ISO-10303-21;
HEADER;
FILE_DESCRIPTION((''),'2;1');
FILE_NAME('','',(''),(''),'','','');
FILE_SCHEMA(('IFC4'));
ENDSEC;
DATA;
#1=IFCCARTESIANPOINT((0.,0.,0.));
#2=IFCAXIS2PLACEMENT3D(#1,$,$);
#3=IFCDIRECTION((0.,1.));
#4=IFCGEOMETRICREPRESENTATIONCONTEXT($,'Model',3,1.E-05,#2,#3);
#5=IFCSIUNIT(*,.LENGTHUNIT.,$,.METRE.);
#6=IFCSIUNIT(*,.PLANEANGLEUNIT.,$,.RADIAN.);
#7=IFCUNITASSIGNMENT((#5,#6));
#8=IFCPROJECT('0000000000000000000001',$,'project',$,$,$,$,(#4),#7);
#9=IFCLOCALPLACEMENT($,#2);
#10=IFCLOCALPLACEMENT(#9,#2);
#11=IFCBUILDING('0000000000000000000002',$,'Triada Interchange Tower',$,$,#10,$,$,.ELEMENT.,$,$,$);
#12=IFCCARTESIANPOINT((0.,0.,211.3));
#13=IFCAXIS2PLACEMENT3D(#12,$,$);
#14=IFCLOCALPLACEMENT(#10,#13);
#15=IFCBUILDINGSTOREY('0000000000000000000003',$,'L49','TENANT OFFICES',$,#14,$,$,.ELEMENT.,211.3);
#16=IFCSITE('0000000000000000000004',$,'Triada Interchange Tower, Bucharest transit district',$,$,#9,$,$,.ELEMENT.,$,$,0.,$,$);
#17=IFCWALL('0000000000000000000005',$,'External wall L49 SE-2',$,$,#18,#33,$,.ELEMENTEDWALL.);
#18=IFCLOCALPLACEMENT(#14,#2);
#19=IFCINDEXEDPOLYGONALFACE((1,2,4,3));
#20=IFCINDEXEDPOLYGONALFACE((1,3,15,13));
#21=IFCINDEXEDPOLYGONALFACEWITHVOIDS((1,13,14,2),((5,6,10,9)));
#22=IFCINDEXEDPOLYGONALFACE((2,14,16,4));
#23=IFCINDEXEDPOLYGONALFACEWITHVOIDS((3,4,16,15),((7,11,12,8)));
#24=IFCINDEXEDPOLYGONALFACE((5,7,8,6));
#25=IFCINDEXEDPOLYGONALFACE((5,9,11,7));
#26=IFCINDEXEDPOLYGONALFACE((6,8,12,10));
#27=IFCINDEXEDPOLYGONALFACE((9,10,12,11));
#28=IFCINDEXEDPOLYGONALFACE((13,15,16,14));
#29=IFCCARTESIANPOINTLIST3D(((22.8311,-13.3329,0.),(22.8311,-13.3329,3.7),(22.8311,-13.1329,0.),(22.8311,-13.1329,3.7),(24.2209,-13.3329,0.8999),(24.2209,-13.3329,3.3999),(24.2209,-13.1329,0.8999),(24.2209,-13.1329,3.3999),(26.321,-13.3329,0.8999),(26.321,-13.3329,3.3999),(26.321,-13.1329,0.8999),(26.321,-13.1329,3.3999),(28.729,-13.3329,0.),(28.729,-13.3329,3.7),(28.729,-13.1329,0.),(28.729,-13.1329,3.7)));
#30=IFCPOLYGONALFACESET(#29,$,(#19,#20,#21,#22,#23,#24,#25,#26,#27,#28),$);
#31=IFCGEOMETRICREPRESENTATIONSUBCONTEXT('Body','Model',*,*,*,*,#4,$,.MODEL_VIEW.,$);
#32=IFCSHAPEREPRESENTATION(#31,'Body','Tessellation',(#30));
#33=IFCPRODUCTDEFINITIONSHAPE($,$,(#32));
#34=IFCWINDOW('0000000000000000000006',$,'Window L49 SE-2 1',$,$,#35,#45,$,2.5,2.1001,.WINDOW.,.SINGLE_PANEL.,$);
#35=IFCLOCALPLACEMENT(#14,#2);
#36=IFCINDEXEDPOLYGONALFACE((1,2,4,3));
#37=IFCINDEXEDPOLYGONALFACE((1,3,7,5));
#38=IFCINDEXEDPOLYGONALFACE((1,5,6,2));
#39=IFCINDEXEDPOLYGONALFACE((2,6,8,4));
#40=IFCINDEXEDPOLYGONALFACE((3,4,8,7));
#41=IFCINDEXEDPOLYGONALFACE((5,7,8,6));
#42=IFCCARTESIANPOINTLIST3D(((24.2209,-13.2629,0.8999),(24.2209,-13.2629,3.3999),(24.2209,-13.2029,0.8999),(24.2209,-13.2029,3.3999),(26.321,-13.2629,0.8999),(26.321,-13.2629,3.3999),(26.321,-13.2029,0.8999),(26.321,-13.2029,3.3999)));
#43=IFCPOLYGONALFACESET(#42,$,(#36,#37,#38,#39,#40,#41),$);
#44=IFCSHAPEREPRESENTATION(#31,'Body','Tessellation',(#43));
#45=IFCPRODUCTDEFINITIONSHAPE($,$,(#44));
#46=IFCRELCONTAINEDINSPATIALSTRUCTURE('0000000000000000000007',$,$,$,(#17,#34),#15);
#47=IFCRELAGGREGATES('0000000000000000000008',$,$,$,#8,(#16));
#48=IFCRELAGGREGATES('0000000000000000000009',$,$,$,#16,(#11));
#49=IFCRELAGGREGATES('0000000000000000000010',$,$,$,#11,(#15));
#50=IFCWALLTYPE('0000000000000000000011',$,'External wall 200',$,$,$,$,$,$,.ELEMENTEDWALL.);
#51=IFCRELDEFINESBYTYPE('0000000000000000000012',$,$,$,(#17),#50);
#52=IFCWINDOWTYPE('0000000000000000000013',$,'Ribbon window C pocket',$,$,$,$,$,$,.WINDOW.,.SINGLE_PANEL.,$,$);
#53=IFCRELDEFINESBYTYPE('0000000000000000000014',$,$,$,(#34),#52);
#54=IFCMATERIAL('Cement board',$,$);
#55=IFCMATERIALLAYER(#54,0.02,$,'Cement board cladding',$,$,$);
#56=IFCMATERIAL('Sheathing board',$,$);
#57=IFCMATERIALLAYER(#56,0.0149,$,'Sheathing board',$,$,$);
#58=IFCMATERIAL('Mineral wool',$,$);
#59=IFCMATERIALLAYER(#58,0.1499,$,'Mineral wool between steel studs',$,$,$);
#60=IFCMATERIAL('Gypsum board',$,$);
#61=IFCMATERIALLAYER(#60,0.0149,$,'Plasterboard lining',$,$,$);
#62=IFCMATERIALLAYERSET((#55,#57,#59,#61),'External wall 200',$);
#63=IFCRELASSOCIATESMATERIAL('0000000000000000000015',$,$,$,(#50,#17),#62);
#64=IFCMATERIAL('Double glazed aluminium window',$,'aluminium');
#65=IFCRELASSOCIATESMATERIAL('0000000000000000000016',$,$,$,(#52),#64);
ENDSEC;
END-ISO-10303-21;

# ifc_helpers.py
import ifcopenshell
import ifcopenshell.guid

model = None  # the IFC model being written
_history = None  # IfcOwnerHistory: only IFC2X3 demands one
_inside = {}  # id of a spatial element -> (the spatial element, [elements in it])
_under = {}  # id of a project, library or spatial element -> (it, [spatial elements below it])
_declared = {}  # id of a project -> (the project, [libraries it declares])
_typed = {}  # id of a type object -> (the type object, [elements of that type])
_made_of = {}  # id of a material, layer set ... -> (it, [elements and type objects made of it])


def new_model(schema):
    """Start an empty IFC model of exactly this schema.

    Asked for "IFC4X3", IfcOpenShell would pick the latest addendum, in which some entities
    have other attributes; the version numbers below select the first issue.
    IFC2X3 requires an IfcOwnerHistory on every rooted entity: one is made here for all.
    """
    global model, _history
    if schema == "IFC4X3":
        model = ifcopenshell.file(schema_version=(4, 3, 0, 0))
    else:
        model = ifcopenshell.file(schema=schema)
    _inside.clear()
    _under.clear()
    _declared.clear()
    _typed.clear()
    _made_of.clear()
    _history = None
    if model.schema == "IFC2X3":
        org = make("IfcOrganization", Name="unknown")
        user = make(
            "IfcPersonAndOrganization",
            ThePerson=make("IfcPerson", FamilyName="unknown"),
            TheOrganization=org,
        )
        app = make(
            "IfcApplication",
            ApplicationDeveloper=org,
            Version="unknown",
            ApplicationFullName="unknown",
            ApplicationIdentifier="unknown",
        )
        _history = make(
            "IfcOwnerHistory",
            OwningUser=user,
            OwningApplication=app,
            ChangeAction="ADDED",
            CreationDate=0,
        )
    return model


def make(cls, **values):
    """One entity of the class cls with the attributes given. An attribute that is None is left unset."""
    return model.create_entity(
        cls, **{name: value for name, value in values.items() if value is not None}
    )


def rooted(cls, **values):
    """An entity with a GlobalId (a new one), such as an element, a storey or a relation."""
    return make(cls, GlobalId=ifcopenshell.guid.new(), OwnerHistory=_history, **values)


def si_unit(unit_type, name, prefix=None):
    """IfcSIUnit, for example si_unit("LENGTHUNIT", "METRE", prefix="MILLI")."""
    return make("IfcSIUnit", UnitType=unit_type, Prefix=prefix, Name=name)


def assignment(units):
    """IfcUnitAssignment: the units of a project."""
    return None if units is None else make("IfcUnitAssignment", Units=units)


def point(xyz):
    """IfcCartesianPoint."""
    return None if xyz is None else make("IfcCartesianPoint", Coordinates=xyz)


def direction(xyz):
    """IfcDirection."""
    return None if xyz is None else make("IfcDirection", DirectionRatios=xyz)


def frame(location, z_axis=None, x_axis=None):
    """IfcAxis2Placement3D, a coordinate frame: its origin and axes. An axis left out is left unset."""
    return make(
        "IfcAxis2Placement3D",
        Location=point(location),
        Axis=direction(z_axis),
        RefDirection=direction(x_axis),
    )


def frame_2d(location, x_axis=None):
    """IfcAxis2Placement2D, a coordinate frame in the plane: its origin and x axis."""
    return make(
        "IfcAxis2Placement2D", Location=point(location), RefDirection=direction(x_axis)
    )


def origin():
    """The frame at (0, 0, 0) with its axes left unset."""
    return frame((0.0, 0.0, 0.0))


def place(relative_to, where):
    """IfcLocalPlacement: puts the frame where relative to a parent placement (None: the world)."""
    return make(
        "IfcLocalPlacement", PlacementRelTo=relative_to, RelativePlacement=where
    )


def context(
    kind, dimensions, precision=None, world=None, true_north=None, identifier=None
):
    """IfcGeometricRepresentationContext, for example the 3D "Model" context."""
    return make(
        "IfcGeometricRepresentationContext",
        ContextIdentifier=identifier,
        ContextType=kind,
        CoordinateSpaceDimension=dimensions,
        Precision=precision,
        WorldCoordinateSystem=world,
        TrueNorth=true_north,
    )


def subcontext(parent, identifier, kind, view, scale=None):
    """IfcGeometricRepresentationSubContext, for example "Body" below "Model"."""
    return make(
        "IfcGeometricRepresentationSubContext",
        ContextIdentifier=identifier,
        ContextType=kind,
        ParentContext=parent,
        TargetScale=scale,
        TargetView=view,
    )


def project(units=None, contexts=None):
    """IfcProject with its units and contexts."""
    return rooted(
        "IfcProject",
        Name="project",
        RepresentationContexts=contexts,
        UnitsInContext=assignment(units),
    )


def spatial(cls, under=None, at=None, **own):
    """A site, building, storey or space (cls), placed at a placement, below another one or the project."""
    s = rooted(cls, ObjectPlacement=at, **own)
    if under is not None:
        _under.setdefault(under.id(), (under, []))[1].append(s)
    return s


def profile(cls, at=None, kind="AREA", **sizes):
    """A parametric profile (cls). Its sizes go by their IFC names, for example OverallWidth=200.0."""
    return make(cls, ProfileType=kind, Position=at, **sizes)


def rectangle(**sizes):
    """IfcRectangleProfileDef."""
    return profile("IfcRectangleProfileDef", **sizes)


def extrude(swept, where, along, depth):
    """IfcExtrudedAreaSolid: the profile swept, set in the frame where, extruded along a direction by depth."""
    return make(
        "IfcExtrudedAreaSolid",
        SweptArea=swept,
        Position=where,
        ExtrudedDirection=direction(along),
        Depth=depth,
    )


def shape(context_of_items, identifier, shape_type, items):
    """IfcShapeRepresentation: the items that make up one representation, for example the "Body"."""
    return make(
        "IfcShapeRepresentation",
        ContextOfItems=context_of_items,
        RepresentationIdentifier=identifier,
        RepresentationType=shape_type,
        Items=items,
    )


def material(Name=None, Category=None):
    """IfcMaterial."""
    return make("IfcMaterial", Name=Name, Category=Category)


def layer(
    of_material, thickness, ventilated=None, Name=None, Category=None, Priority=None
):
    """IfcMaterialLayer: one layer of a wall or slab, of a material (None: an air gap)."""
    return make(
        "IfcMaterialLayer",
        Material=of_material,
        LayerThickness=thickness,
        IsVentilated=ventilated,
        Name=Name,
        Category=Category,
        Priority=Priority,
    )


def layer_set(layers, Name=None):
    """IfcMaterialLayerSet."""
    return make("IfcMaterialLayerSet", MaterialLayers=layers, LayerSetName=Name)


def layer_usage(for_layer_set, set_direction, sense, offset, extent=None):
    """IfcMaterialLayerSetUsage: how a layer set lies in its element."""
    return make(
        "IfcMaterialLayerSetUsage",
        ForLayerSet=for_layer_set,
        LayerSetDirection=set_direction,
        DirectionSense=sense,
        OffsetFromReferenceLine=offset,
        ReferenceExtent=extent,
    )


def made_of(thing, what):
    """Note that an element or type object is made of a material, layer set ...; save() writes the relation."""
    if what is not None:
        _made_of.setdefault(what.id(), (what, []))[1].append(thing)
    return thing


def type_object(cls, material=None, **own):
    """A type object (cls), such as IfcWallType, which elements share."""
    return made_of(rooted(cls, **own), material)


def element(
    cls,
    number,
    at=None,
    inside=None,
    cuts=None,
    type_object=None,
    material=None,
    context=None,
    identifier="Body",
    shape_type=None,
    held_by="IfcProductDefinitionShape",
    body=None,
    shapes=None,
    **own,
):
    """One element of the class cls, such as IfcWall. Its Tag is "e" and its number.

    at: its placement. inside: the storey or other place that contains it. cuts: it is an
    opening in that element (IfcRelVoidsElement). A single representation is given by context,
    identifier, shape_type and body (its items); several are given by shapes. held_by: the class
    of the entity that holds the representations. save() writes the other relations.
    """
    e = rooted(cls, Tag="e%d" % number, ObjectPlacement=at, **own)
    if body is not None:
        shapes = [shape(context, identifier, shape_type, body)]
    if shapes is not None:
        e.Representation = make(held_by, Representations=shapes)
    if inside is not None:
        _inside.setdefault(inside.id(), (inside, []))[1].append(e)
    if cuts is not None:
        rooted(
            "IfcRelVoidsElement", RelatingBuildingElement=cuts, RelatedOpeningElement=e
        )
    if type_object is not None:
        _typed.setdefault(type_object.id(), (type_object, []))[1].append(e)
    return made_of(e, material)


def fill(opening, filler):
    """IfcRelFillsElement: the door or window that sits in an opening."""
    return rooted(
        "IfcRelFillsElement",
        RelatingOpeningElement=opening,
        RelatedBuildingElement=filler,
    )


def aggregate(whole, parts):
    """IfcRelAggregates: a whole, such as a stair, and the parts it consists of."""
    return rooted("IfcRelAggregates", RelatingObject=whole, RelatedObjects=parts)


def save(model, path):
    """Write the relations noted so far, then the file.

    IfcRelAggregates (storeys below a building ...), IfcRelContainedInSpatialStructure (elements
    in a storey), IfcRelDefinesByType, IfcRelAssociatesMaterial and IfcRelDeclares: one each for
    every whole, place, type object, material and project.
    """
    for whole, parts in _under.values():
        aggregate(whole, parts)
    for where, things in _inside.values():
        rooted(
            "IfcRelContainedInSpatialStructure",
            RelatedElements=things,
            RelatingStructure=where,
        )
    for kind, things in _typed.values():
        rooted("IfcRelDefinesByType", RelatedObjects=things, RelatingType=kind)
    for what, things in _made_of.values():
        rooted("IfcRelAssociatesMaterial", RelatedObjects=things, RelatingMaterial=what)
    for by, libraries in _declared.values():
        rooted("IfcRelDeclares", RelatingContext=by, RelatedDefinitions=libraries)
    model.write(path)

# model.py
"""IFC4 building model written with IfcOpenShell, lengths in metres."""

from ifc_helpers import new_model, si_unit, direction, frame, frame_2d, origin, place, context, subcontext, project, spatial, rectangle, extrude, material, layer, layer_set, layer_usage, type_object, element, fill, save


model = new_model("IFC4")

# Units and contexts
model_context = context("Model", 3, precision=1e-05, world=origin(), true_north=direction((0.0, 1.0)))
body_context = subcontext(model_context, "Body", "Model", "MODEL_VIEW")
ifc_project = project(units=[si_unit("LENGTHUNIT", "METRE"), si_unit("PLANEANGLEUNIT", "RADIAN")], contexts=[model_context])

# Site, building, storey
site_placement = place(None, origin())
site = spatial("IfcSite", under=ifc_project, at=site_placement, Name="Triada Interchange Tower, Bucharest transit district", CompositionType="ELEMENT", RefElevation=0.0)
building_placement = place(site_placement, origin())
building = spatial("IfcBuilding", under=site, at=building_placement, Name="Triada Interchange Tower", CompositionType="ELEMENT")
storey_placement = place(building_placement, frame((0.0, 0.0, 211.3)))
storey = spatial("IfcBuildingStorey", under=building, at=storey_placement, Name="L49", Description="TENANT OFFICES", CompositionType="ELEMENT", Elevation=211.3)

# Wall, opening, window
ifc_material_1 = material(Name="Cement board")
ifc_layer_1 = layer(ifc_material_1, 0.02, Name="Cement board cladding")
ifc_material_2 = material(Name="Sheathing board")
ifc_layer_2 = layer(ifc_material_2, 0.0149, Name="Sheathing board")
ifc_material_3 = material(Name="Mineral wool")
ifc_layer_3 = layer(ifc_material_3, 0.1499, Name="Mineral wool between steel studs")
ifc_material_4 = material(Name="Gypsum board")
ifc_layer_4 = layer(ifc_material_4, 0.0149, Name="Plasterboard lining")
ifc_layer_set_1 = layer_set([ifc_layer_1, ifc_layer_2, ifc_layer_3, ifc_layer_4], Name="External wall 200")
ifc_layer_usage = layer_usage(ifc_layer_set_1, "AXIS2", "POSITIVE", -0.1001)
wall_type_1 = type_object("IfcWallType", Name="External wall 200", PredefinedType="ELEMENTEDWALL", material=ifc_layer_set_1)
ifc_material_5 = material(Name="Double glazed aluminium window", Category="aluminium")
window_type_1 = type_object("IfcWindowType", Name="Ribbon window C pocket", PartitioningType="SINGLE_PANEL", PredefinedType="WINDOW", material=ifc_material_5)
wall_1_placement = place(storey_placement, frame((22.8311, -13.2329, 0.0), z_axis=(0.0, 0.0, 1.0), x_axis=(1.0, 0.0, 0.0)))
wall_1 = element("IfcWall", 1, at=wall_1_placement, inside=storey, type_object=wall_type_1, material=ifc_layer_usage, Name="External wall L49 SE-2", PredefinedType="ELEMENTEDWALL", context=body_context, shape_type="SweptSolid", body=[
    extrude(rectangle(XDim=5.8979, YDim=0.2, at=frame_2d((2.949, 0.0))), origin(), (0.0, 0.0, 1.0), 3.7),
])
opening_1_placement = place(wall_1_placement, frame((1.3899, 0.0, 0.8999)))
opening_1 = element("IfcOpeningElement", 2, at=opening_1_placement, cuts=wall_1, PredefinedType="OPENING", context=body_context, shape_type="SweptSolid", body=[
    extrude(rectangle(XDim=2.1001, YDim=2.5, at=frame_2d((1.05, 1.25))), frame((0.0, 0.1099, 0.0), z_axis=(0.0, -1.0, 0.0), x_axis=(1.0, 0.0, 0.0)), (0.0, 0.0, 1.0), 0.22),
])
window_1_placement = place(opening_1_placement, origin())
window_1 = element("IfcWindow", 3, at=window_1_placement, inside=storey, type_object=window_type_1, Name="Window L49 SE-2 1", OverallHeight=2.5, OverallWidth=2.1001, PartitioningType="SINGLE_PANEL", PredefinedType="WINDOW", context=body_context, shape_type="SweptSolid", body=[
    extrude(rectangle(XDim=2.1001, YDim=2.5, at=frame_2d((1.05, 1.25))), frame((0.0, 0.03, 0.0), z_axis=(0.0, -1.0, 0.0), x_axis=(1.0, 0.0, 0.0)), (0.0, 0.0, 1.0), 0.0601),
])
fill(opening_1, window_1)

save(model, "model.ifc")
